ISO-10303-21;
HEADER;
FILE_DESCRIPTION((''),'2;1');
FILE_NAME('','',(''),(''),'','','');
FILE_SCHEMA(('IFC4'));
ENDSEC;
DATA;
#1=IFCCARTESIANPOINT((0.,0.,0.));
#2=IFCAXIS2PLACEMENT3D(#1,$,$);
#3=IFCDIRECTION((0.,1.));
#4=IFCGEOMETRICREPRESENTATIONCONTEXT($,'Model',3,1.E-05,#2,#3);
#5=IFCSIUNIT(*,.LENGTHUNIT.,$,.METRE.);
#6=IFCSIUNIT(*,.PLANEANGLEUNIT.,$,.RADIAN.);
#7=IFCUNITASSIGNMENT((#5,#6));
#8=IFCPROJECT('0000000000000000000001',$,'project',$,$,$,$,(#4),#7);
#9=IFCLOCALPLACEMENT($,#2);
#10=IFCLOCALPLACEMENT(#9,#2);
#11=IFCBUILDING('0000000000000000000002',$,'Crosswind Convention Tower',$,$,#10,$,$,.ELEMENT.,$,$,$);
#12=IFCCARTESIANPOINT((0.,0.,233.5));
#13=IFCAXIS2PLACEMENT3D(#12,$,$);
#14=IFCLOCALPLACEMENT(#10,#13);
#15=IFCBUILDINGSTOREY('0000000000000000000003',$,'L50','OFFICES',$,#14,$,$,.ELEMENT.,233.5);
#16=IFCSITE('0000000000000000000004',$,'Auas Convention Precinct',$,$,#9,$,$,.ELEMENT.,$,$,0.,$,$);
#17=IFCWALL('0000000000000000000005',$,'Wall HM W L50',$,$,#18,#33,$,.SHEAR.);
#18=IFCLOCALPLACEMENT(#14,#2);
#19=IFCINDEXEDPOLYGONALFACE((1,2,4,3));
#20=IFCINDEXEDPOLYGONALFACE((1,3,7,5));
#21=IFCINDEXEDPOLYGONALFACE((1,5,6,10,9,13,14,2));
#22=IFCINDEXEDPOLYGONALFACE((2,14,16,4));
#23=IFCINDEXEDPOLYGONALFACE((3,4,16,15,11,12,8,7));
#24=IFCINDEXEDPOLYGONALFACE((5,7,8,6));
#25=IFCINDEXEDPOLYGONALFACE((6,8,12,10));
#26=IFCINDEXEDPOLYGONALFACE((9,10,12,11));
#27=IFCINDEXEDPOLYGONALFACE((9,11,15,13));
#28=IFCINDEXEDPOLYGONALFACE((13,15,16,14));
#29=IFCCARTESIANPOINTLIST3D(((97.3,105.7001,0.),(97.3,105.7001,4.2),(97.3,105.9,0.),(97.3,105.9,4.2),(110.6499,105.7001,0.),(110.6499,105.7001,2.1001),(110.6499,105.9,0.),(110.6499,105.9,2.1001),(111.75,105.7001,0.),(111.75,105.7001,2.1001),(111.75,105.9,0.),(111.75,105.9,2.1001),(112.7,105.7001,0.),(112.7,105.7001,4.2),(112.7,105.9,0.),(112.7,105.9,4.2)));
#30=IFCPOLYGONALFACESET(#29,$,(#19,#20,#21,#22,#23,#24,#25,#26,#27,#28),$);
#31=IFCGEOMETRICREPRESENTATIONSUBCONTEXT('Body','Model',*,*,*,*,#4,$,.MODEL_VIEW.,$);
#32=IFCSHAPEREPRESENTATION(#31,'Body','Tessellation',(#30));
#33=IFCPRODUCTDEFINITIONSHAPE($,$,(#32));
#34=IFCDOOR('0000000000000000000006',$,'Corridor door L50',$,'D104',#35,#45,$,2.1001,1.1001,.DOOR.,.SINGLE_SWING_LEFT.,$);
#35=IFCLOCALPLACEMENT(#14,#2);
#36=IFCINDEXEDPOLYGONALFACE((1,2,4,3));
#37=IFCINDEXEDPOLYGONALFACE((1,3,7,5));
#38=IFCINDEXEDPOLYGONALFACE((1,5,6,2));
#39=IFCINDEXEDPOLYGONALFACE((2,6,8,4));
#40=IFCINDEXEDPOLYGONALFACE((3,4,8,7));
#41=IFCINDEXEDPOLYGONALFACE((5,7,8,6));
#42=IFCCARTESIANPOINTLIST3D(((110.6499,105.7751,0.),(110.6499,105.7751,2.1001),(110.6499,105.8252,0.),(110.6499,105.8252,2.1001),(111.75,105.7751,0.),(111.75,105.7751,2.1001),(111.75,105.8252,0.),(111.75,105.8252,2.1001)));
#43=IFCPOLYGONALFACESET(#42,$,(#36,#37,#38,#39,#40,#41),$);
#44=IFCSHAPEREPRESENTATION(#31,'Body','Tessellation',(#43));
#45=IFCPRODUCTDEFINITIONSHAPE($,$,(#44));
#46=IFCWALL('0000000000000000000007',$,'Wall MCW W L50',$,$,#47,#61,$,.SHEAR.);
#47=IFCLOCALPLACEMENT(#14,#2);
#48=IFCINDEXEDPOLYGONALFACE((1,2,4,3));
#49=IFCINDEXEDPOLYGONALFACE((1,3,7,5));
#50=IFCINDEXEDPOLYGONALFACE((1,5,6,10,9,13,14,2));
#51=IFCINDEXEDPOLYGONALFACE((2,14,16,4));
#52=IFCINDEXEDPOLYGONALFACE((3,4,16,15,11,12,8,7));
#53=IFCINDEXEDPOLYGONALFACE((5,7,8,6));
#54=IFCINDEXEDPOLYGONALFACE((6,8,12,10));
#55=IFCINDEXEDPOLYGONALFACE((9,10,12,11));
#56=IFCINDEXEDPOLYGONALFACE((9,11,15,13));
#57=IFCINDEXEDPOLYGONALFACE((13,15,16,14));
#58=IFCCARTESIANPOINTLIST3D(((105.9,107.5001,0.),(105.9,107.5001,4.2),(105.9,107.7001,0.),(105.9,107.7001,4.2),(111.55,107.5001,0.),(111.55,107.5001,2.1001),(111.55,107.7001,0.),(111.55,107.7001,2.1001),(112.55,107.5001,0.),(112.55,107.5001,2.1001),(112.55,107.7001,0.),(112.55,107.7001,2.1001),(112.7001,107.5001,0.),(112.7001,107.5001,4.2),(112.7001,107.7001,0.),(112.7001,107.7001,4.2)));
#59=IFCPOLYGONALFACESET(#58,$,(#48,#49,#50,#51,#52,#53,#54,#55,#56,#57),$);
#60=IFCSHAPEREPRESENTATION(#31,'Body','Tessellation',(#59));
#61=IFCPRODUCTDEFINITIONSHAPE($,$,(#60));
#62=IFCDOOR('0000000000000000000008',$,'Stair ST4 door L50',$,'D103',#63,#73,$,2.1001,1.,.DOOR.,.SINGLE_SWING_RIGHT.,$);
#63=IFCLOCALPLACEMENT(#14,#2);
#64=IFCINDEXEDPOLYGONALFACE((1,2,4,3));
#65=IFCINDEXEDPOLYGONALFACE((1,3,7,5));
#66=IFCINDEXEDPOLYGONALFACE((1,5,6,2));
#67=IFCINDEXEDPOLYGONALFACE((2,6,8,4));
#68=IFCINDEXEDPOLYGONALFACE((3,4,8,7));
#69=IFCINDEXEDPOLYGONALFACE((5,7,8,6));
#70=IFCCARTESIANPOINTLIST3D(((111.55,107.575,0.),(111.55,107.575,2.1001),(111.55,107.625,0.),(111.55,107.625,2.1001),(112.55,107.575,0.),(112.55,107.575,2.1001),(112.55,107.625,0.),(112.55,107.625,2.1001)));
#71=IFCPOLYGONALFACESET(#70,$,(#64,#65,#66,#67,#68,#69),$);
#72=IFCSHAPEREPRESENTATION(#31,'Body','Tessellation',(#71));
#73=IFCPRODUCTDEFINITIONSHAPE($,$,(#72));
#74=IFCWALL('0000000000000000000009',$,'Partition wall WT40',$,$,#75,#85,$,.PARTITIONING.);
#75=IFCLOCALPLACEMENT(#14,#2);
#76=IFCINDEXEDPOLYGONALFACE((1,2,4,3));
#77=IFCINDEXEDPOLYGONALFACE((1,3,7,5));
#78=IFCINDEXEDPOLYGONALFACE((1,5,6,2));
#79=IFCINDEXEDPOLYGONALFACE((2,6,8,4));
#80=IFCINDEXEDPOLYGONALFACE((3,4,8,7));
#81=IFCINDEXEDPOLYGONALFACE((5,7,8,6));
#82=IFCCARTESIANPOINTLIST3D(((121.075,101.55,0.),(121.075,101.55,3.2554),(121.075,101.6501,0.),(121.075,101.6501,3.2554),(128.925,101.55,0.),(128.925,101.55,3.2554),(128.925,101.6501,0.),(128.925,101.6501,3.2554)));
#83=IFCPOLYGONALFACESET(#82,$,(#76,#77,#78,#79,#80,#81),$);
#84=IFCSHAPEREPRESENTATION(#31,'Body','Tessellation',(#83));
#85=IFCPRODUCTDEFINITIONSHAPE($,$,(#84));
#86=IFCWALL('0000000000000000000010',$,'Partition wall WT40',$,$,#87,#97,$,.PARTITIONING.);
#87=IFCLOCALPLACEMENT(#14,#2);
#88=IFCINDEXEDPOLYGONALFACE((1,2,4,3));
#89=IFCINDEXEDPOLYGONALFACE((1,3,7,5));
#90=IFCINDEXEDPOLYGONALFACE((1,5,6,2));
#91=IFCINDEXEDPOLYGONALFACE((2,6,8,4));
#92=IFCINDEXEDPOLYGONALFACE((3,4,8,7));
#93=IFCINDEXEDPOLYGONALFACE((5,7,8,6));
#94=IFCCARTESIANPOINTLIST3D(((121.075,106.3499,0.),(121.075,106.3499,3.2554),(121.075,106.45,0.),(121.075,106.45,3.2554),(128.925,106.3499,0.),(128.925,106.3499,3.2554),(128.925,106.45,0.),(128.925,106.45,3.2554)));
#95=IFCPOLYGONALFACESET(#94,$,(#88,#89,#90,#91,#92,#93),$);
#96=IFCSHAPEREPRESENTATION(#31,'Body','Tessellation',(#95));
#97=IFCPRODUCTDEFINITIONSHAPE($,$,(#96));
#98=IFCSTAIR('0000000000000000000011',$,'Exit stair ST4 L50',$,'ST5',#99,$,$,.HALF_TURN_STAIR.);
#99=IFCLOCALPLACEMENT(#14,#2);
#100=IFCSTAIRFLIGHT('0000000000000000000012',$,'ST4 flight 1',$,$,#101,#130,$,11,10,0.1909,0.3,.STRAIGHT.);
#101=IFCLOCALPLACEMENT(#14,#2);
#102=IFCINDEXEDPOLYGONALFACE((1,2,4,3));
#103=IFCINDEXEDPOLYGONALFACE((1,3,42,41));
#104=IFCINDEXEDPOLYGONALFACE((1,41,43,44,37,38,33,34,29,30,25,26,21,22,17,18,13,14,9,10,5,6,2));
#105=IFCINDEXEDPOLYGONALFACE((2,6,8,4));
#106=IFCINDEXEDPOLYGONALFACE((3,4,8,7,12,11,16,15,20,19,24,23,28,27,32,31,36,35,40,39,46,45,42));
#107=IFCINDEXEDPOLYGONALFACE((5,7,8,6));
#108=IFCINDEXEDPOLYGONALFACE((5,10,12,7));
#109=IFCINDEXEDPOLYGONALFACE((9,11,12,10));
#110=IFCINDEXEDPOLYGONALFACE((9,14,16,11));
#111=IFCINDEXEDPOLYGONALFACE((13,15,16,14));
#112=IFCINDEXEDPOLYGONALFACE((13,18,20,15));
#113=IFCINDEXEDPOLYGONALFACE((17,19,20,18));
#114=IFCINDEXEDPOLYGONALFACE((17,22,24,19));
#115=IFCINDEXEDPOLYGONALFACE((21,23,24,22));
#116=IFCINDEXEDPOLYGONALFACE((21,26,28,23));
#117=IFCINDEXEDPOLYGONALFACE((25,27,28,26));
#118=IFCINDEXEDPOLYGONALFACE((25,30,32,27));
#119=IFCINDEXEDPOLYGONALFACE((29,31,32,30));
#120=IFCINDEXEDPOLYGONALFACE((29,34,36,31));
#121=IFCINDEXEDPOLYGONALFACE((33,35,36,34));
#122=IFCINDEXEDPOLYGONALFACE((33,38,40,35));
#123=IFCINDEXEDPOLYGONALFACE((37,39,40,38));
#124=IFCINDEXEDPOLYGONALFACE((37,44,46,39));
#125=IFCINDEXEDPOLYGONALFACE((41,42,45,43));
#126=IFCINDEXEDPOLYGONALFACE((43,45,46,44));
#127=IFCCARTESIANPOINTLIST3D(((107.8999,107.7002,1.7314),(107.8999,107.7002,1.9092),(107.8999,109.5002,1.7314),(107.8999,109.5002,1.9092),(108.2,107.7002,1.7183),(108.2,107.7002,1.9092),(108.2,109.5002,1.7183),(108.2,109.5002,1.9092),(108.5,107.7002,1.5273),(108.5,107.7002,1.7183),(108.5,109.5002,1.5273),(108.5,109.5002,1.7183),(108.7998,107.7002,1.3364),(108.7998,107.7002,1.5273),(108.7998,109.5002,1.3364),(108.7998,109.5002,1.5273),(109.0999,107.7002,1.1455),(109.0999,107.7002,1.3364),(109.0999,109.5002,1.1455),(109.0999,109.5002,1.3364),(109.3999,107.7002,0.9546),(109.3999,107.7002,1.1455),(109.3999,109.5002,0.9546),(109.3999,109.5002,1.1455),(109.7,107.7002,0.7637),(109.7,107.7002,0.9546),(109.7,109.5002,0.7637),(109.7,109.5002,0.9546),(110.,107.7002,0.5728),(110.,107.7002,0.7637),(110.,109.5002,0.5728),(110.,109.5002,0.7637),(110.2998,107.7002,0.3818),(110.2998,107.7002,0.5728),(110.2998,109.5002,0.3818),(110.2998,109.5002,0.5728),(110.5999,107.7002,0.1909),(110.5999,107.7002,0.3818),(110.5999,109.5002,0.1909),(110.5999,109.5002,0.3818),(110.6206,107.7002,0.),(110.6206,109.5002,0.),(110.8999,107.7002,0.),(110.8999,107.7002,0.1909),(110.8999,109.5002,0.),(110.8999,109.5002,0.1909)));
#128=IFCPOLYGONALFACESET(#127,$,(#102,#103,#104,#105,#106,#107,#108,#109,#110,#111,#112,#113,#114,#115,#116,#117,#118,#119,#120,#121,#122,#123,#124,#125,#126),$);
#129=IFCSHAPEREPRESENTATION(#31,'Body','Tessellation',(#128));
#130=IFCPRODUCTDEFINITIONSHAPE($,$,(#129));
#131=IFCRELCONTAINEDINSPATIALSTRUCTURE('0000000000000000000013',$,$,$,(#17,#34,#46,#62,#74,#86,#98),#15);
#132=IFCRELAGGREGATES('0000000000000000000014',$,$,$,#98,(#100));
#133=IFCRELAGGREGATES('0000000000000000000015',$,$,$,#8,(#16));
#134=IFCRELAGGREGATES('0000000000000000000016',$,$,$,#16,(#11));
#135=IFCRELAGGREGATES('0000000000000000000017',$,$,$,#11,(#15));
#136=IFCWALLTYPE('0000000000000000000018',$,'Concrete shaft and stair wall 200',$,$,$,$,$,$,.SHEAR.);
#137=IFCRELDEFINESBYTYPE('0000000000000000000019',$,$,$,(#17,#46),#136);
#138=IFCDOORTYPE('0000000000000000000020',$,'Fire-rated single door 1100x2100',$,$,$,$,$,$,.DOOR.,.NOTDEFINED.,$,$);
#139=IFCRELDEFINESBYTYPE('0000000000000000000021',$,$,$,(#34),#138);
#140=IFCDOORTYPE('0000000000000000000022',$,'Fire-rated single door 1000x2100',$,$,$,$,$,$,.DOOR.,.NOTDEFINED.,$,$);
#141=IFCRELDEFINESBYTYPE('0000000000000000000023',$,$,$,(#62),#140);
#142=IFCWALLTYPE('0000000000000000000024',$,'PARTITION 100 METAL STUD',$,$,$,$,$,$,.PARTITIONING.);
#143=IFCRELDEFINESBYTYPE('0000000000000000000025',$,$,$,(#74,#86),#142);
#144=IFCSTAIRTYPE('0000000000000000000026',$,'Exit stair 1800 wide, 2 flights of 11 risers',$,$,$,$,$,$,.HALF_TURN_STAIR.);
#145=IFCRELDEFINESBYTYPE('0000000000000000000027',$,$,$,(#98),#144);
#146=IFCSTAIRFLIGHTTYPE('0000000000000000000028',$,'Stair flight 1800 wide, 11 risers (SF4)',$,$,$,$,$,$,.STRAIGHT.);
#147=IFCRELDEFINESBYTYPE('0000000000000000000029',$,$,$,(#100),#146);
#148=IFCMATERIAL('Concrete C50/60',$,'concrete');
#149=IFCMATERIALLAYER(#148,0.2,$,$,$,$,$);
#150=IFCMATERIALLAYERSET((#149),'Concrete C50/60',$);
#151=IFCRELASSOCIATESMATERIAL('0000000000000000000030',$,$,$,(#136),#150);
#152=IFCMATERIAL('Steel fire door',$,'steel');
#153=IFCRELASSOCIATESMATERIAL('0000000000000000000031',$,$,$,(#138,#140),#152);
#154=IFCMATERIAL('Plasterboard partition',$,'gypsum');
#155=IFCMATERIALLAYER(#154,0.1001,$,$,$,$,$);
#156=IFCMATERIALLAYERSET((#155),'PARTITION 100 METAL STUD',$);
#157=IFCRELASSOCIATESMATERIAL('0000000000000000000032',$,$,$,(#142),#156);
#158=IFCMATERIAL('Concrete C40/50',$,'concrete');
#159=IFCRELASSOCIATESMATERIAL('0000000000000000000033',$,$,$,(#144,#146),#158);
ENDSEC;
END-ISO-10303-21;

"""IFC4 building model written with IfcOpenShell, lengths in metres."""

from ifc_helpers import new_model, si_unit, direction, frame, frame_2d, origin, place, context, subcontext, project, spatial, polyline, rectangle, outline, extrude, material, layer, layer_set, type_object, element, fill, aggregate, save


model = new_model("IFC4")

# Units and contexts
model_context = context("Model", 3, precision=1e-05, world=origin(), true_north=direction((0.0, 1.0)))
body_context = subcontext(model_context, "Body", "Model", "MODEL_VIEW")
ifc_project = project(units=[si_unit("LENGTHUNIT", "METRE"), si_unit("PLANEANGLEUNIT", "RADIAN")], contexts=[model_context])

# Site, building, storey
site_placement = place(None, origin())
site = spatial("IfcSite", under=ifc_project, at=site_placement, Name="Auas Convention Precinct", CompositionType="ELEMENT", RefElevation=0.0)
building_placement = place(site_placement, origin())
building = spatial("IfcBuilding", under=site, at=building_placement, Name="Crosswind Convention Tower", CompositionType="ELEMENT")
storey_placement = place(building_placement, frame((0.0, 0.0, 233.5)))
storey = spatial("IfcBuildingStorey", under=building, at=storey_placement, Name="L50", Description="OFFICES", CompositionType="ELEMENT", Elevation=233.5)

# Shared definitions
ifc_material_1 = material(Name="Steel fire door", Category="steel")

# Shared definitions
ifc_material_2 = material(Name="Concrete C50/60", Category="concrete")

# Walls, openings, doors
ifc_layer_1 = layer(ifc_material_2, 0.2)
ifc_layer_set_1 = layer_set([ifc_layer_1], Name="Concrete C50/60")
wall_type_1 = type_object("IfcWallType", Name="Concrete shaft and stair wall 200", PredefinedType="SHEAR", material=ifc_layer_set_1)
wall_1_placement = place(storey_placement, frame((112.7, 105.8, 0.0), z_axis=(0.0, 0.0, 1.0), x_axis=(-1.0, 0.0, 0.0)))
wall_1 = element("IfcWall", 1, at=wall_1_placement, inside=storey, type_object=wall_type_1, Name="Wall HM W L50", PredefinedType="SHEAR", context=body_context, shape_type="SweptSolid", body=[
    extrude(rectangle(XDim=15.3999, YDim=0.2, at=frame_2d((7.7, 0.0))), origin(), (0.0, 0.0, 1.0), 4.2),
])
opening_1_placement = place(wall_1_placement, frame((0.95, 0.0, 0.0)))
opening_1 = element("IfcOpeningElement", 2, at=opening_1_placement, cuts=wall_1, PredefinedType="OPENING", context=body_context, shape_type="SweptSolid", body=[
    extrude(rectangle(XDim=1.1001, YDim=2.1001, at=frame_2d((0.55, 1.05))), frame((0.0, 0.1099, 0.0), z_axis=(0.0, -1.0, 0.0), x_axis=(1.0, 0.0, 0.0)), (0.0, 0.0, 1.0), 0.22),
])
door_type_1 = type_object("IfcDoorType", Name="Fire-rated single door 1100x2100", OperationType="NOTDEFINED", PredefinedType="DOOR", material=ifc_material_1)
door_1_placement = place(opening_1_placement, origin())
door_1 = element("IfcDoor", 3, at=door_1_placement, inside=storey, type_object=door_type_1, Name="Corridor door L50", ObjectType="D104", OperationType="SINGLE_SWING_LEFT", OverallHeight=2.1001, OverallWidth=1.1001, PredefinedType="DOOR", context=body_context, shape_type="SweptSolid", body=[
    extrude(rectangle(XDim=1.1001, YDim=2.1001, at=frame_2d((0.55, 1.05))), frame((0.0, 0.0249, 0.0), z_axis=(0.0, -1.0, 0.0), x_axis=(1.0, 0.0, 0.0)), (0.0, 0.0, 1.0), 0.05),
])
fill(opening_1, door_1)
wall_2_placement = place(storey_placement, frame((112.7, 107.6001, 0.0), z_axis=(0.0, 0.0, 1.0), x_axis=(-1.0, 0.0, 0.0)))
wall_2 = element("IfcWall", 4, at=wall_2_placement, inside=storey, type_object=wall_type_1, Name="Wall MCW W L50", PredefinedType="SHEAR", context=body_context, shape_type="SweptSolid", body=[
    extrude(rectangle(XDim=6.8, YDim=0.2, at=frame_2d((3.3999, 0.0))), origin(), (0.0, 0.0, 1.0), 4.2),
])
opening_2_placement = place(wall_2_placement, frame((0.1499, 0.0, 0.0)))
opening_2 = element("IfcOpeningElement", 5, at=opening_2_placement, cuts=wall_2, PredefinedType="OPENING", context=body_context, shape_type="SweptSolid", body=[
    extrude(rectangle(XDim=1.0, YDim=2.1001, at=frame_2d((0.5, 1.05))), frame((0.0, 0.1099, 0.0), z_axis=(0.0, -1.0, 0.0), x_axis=(1.0, 0.0, 0.0)), (0.0, 0.0, 1.0), 0.22),
])
door_type_2 = type_object("IfcDoorType", Name="Fire-rated single door 1000x2100", OperationType="NOTDEFINED", PredefinedType="DOOR", material=ifc_material_1)
door_2_placement = place(opening_2_placement, frame((1.0, 0.0, 0.0), z_axis=(0.0, 0.0, 1.0), x_axis=(-1.0, 0.0, 0.0)))
door_2 = element("IfcDoor", 6, at=door_2_placement, inside=storey, type_object=door_type_2, Name="Stair ST4 door L50", ObjectType="D103", OperationType="SINGLE_SWING_RIGHT", OverallHeight=2.1001, OverallWidth=1.0, PredefinedType="DOOR", context=body_context, shape_type="SweptSolid", body=[
    extrude(rectangle(XDim=1.0, YDim=2.1001, at=frame_2d((0.5, 1.05))), frame((0.0, 0.0249, 0.0), z_axis=(0.0, -1.0, 0.0), x_axis=(1.0, 0.0, 0.0)), (0.0, 0.0, 1.0), 0.05),
])
fill(opening_2, door_2)

# Walls
ifc_material_3 = material(Name="Plasterboard partition", Category="gypsum")
ifc_layer_2 = layer(ifc_material_3, 0.1001)
ifc_layer_set_2 = layer_set([ifc_layer_2], Name="PARTITION 100 METAL STUD")
wall_type_2 = type_object("IfcWallType", Name="PARTITION 100 METAL STUD", PredefinedType="PARTITIONING", material=ifc_layer_set_2)
for number, where, z_axis, x_axis, name in (
    (7, (121.075, 101.6001, 0.0), (0.0, 0.0, 1.0), (1.0, 0.0, 0.0), "Partition wall WT40"),
    (8, (121.075, 106.3999, 0.0), (0.0, 0.0, 1.0), (1.0, 0.0, 0.0), "Partition wall WT40"),
):
    element("IfcWall", number, at=place(storey_placement, frame(where, z_axis=z_axis, x_axis=x_axis)), inside=storey, type_object=wall_type_2, Name=name, PredefinedType="PARTITIONING", context=body_context, shape_type="SweptSolid", body=[
        extrude(rectangle(XDim=7.8501, YDim=0.1001, at=frame_2d((3.925, 0.0))), origin(), (0.0, 0.0, 1.0), 3.2554),
    ])

# Stair, stair flight
ifc_material_4 = material(Name="Concrete C40/50", Category="concrete")
stair_type = type_object("IfcStairType", Name="Exit stair 1800 wide, 2 flights of 11 risers", PredefinedType="HALF_TURN_STAIR", material=ifc_material_4)
stair_placement = place(storey_placement, origin())
stair = element("IfcStair", 9, at=stair_placement, inside=storey, type_object=stair_type, Name="Exit stair ST4 L50", ObjectType="ST5", PredefinedType="HALF_TURN_STAIR")
stair_flight_type = type_object("IfcStairFlightType", Name="Stair flight 1800 wide, 11 risers (SF4)", PredefinedType="STRAIGHT", material=ifc_material_4)
stair_flight_placement = place(storey_placement, frame((110.8999, 108.6001, 0.0), z_axis=(0.0, 0.0, 1.0), x_axis=(-1.0, 0.0, 0.0)))
stair_flight = element("IfcStairFlight", 10, at=stair_flight_placement, type_object=stair_flight_type, Name="ST4 flight 1", NumberOfRisers=11, NumberOfTreads=10, PredefinedType="STRAIGHT", RiserHeight=0.1909, TreadLength=0.3, context=body_context, shape_type="SweptSolid", body=[
    extrude(outline(polyline([(0.0, 0.0), (0.0, 0.1909), (0.3, 0.1909), (0.3, 0.3818), (0.6001, 0.3818), (0.6001, 0.5728), (0.8999, 0.5728), (0.8999, 0.7637), (1.2, 0.7637), (1.2, 0.9546), (1.5, 0.9546), (1.5, 1.1455), (1.8, 1.1455), (1.8, 1.3364), (2.1001, 1.3364), (2.1001, 1.5273), (2.3999, 1.5273), (2.3999, 1.7183), (2.7, 1.7183), (2.7, 1.9092), (3.0, 1.9092), (3.0, 2.1001), (3.0, 1.7314), (0.2793, 0.0), (0.0, 0.0)])), frame((0.0, 0.8999, 0.0), z_axis=(0.0, -1.0, 0.0), x_axis=(1.0, 0.0, 0.0)), (0.0, 0.0, 1.0), 1.8),
])
aggregate(stair, [stair_flight])

save(model, "model.ifc")
